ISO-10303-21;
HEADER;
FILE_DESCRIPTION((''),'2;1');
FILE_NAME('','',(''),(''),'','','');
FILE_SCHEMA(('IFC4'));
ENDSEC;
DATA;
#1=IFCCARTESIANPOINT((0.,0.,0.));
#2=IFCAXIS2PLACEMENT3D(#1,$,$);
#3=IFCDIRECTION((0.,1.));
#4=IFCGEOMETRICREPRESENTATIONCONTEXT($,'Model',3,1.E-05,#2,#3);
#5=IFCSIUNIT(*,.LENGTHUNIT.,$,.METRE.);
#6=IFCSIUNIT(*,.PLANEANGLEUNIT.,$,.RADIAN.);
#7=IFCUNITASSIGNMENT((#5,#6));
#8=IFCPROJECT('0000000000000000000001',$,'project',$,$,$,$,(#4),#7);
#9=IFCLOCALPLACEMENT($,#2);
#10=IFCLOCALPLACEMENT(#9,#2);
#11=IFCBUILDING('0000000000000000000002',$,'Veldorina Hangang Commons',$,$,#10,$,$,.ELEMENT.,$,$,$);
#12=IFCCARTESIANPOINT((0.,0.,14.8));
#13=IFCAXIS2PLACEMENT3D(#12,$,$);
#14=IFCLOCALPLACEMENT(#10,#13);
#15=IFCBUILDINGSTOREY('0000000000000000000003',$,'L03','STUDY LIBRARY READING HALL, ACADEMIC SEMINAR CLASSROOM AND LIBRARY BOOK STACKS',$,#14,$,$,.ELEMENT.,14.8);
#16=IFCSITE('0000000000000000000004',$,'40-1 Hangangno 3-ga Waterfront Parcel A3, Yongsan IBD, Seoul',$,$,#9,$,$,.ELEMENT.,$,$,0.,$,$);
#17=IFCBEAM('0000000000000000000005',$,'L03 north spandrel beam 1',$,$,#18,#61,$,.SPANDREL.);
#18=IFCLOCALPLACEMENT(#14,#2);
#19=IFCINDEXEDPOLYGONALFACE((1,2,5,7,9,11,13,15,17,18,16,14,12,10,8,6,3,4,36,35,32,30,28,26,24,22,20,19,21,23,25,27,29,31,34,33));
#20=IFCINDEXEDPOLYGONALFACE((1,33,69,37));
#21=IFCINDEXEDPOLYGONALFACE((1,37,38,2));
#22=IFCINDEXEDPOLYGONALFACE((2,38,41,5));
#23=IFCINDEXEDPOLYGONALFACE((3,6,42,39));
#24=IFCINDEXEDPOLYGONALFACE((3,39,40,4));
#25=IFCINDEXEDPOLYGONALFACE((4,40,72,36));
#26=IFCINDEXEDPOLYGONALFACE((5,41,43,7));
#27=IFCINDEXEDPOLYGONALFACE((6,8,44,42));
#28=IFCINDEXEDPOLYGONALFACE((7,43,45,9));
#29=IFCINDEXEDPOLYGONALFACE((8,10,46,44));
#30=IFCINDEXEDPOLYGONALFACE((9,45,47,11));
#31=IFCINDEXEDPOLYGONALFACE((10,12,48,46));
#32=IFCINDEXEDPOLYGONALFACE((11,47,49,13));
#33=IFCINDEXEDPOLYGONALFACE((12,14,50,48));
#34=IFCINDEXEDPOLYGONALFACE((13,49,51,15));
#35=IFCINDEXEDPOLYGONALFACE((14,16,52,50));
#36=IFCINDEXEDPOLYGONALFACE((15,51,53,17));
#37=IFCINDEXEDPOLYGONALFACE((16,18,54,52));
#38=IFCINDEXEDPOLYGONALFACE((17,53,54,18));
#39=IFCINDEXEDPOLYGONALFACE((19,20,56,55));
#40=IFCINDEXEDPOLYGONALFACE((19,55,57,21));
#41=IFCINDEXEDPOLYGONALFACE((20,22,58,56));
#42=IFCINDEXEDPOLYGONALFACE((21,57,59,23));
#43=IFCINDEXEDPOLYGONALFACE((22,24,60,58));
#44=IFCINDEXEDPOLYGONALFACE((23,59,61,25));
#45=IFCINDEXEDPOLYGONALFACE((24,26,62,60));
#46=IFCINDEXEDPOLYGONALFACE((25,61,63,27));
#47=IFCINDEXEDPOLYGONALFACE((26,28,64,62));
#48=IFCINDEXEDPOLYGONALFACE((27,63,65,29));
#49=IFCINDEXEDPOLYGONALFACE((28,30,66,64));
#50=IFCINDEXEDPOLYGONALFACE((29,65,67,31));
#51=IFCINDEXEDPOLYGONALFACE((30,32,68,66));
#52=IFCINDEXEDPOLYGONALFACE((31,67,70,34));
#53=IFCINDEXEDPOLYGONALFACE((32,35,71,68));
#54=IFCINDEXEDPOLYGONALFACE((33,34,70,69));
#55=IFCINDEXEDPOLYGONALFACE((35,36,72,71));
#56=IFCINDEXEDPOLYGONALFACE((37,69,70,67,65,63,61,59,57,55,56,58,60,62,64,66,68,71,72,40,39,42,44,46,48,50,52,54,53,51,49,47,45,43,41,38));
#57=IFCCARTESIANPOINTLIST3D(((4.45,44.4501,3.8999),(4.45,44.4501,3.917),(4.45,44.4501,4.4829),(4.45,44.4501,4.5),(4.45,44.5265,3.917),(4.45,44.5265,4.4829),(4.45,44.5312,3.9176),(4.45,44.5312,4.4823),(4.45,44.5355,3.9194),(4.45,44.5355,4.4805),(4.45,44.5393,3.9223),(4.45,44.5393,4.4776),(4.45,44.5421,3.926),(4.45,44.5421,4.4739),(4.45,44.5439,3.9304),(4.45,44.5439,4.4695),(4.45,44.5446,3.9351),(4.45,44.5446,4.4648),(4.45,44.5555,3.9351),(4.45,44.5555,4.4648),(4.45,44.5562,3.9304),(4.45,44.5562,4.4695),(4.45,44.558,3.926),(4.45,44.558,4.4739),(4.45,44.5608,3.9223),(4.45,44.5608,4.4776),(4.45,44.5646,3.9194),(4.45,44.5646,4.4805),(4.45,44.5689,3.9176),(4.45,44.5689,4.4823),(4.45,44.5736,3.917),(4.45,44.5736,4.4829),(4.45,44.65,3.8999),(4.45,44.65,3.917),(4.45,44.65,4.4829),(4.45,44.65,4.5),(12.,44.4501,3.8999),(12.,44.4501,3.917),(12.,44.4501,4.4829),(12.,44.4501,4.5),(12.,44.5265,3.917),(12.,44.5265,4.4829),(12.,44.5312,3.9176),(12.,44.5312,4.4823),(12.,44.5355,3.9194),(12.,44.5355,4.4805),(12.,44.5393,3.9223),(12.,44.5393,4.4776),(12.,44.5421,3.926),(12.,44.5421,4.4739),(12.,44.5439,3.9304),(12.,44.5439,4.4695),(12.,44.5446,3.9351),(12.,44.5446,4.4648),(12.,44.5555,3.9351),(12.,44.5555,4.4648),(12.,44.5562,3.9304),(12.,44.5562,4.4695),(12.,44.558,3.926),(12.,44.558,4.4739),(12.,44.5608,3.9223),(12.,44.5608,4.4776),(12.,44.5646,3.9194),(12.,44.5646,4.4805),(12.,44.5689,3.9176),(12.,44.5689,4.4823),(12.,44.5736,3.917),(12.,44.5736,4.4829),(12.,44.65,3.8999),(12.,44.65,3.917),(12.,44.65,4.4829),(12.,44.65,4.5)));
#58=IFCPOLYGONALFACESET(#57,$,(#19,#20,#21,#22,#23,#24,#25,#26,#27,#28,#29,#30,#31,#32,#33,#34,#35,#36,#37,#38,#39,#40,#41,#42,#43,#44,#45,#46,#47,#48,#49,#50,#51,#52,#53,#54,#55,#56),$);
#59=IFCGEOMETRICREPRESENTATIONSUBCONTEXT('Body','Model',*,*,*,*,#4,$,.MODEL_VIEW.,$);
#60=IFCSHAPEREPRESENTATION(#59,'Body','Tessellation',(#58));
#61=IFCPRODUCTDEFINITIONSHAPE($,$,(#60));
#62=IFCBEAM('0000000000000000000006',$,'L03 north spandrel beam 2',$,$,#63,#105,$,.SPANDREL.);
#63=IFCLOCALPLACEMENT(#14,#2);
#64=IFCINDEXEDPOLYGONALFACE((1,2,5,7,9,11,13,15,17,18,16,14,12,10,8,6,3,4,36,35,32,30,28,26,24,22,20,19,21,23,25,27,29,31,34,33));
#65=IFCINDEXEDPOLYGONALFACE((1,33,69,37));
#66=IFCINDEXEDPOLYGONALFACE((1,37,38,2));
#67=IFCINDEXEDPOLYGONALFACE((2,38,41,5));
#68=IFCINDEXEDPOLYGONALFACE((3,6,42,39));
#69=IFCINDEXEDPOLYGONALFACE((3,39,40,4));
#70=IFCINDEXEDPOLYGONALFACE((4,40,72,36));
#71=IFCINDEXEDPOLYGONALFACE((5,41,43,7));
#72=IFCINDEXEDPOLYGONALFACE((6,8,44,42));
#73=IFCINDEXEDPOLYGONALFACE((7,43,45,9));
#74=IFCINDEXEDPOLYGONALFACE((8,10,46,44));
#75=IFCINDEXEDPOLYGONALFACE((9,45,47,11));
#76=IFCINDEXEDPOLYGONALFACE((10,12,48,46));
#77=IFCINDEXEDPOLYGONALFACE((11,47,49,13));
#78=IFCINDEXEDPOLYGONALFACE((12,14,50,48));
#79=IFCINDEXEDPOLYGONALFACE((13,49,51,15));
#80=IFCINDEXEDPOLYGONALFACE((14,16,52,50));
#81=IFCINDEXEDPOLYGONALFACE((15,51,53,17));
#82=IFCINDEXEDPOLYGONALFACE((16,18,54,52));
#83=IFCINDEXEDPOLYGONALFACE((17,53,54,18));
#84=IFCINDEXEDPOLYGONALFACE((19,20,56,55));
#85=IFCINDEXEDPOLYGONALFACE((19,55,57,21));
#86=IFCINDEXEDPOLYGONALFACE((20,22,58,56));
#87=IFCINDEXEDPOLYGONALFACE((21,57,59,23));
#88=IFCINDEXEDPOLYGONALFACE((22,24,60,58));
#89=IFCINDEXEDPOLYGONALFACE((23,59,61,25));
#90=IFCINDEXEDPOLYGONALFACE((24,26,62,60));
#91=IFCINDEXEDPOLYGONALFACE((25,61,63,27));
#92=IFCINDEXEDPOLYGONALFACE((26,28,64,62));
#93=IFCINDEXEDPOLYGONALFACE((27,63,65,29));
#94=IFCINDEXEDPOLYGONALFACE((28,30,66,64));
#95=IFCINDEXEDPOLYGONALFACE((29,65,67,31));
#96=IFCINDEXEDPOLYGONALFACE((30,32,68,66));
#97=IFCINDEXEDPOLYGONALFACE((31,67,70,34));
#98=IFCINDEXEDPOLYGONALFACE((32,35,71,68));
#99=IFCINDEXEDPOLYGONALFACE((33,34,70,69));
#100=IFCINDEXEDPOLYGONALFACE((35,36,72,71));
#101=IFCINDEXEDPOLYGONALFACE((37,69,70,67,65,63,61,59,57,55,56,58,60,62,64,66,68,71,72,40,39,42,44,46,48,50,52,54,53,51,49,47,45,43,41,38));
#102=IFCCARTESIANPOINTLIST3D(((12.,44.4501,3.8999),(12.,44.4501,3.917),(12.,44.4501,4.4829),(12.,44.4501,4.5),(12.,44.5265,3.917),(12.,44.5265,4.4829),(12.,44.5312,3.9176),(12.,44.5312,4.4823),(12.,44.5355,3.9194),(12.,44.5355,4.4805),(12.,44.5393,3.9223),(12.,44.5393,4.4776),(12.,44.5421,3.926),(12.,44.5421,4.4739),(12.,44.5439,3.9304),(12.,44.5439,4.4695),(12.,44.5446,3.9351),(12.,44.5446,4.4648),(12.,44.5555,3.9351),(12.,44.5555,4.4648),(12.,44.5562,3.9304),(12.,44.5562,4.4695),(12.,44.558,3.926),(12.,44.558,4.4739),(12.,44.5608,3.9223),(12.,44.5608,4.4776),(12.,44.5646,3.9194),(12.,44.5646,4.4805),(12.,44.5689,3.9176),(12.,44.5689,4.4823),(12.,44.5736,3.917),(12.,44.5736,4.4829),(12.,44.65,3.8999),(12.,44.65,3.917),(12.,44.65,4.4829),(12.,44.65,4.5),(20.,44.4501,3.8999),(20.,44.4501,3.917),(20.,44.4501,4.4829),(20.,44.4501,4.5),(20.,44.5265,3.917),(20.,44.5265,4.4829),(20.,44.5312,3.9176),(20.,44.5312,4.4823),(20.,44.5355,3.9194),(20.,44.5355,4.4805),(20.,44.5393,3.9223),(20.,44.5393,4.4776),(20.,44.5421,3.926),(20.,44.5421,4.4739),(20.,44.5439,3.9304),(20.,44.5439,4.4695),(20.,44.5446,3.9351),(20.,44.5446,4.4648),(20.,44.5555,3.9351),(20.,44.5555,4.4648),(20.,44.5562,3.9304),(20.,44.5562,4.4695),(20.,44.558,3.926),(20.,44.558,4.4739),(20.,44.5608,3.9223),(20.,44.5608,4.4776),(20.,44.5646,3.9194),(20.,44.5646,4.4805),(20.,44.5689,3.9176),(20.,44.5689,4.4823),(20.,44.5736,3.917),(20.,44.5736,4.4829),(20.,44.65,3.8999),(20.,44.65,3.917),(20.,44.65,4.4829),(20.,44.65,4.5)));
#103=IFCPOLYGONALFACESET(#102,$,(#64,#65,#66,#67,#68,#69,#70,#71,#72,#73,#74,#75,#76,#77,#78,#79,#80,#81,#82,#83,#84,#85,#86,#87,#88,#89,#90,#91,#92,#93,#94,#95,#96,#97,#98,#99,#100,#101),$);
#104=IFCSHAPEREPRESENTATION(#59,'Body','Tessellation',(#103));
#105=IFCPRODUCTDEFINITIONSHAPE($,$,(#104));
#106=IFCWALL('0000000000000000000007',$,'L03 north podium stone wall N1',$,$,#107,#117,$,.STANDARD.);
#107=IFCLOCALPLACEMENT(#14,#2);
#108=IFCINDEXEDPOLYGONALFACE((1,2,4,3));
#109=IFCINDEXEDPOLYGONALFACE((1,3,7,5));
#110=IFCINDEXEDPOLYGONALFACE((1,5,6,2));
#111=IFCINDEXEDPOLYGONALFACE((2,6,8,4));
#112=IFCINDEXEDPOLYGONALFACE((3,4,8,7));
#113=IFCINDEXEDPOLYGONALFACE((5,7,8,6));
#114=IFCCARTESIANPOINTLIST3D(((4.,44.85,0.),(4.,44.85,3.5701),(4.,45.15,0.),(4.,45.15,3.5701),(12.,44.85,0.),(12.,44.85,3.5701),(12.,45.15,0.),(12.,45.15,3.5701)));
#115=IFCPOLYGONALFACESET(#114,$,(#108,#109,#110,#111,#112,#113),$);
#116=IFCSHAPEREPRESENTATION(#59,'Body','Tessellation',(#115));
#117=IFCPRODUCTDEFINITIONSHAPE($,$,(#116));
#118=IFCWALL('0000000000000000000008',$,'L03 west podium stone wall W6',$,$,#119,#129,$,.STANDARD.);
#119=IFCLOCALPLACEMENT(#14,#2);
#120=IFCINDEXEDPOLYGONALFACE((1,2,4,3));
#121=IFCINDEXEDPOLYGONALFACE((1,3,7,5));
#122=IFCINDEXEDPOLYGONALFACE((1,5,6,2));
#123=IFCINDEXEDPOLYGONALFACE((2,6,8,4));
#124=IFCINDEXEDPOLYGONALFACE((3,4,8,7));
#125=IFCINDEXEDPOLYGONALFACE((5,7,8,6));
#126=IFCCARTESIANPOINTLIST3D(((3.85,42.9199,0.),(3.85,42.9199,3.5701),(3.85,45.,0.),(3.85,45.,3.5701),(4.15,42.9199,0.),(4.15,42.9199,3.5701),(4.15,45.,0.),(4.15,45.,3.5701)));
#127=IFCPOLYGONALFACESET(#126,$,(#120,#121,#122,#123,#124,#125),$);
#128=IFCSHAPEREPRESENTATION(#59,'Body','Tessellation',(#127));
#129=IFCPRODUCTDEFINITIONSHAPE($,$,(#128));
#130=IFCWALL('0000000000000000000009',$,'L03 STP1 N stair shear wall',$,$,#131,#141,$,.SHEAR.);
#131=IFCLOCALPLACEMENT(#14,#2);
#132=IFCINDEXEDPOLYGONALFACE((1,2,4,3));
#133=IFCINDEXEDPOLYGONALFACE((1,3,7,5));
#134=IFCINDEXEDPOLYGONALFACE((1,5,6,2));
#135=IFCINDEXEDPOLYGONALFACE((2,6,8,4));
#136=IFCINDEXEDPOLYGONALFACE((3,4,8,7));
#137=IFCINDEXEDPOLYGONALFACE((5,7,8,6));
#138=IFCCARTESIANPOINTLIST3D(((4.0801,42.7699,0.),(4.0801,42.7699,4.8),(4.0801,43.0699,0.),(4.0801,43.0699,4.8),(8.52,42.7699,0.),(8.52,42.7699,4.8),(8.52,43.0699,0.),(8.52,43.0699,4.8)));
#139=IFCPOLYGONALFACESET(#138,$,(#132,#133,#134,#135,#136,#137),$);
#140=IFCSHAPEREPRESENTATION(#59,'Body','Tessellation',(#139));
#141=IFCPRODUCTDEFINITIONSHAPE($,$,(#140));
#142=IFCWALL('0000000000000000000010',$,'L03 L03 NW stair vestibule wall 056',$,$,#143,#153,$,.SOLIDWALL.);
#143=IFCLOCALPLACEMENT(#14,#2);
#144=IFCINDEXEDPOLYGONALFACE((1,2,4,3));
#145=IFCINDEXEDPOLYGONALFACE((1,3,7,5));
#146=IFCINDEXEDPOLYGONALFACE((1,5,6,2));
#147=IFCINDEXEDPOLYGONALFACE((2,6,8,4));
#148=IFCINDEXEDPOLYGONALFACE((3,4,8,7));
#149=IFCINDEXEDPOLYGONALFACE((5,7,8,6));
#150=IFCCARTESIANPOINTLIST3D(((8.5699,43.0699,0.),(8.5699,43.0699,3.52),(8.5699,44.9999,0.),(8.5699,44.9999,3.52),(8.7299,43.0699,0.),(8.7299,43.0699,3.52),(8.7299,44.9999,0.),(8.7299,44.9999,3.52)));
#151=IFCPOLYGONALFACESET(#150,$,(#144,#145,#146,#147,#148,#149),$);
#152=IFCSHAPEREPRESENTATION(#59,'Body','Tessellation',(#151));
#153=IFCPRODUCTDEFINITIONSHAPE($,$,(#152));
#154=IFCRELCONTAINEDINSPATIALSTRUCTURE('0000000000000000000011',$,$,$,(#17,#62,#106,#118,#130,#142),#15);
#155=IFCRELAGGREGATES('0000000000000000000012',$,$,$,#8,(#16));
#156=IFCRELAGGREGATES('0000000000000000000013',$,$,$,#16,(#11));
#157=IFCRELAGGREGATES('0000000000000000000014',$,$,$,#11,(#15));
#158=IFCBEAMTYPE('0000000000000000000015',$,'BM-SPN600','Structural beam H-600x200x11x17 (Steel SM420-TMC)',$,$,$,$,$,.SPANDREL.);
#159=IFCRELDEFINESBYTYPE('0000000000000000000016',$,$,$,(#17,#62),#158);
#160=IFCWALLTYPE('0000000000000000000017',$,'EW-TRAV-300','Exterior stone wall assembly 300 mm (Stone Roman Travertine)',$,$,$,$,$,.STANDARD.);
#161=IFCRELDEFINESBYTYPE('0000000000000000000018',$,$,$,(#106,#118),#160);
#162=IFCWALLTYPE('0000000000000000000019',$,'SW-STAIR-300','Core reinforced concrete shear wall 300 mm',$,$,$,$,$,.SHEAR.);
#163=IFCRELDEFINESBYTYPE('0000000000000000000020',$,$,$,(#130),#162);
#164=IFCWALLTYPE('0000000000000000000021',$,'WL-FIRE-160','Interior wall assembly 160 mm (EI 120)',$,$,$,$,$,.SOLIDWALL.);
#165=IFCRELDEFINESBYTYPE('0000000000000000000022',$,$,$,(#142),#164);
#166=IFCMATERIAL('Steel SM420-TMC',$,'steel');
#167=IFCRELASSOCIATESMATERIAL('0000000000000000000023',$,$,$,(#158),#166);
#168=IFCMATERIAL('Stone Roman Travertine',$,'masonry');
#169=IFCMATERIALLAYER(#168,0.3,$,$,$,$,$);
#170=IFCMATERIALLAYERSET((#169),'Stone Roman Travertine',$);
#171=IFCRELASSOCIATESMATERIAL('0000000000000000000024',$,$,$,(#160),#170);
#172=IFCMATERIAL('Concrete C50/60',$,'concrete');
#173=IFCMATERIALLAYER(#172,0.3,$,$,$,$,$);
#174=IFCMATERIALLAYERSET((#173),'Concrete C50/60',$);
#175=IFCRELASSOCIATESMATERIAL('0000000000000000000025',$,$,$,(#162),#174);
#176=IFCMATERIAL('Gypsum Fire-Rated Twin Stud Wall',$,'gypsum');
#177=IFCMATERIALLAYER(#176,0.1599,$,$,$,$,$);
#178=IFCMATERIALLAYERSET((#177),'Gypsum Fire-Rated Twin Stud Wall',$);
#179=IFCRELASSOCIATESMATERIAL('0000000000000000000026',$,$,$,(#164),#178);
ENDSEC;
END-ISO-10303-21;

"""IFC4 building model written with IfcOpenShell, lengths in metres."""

from ifc_helpers import new_model, si_unit, direction, frame, frame_2d, origin, origin_2d, place, context, subcontext, project, spatial, rectangle, i_section, extrude, material, layer, layer_set, material_profile, profile_set, type_object, element, save


model = new_model("IFC4")

# Units and contexts
model_context = context("Model", 3, precision=1e-05, world=origin(), true_north=direction((0.0, 1.0)))
body_context = subcontext(model_context, "Body", "Model", "MODEL_VIEW")
ifc_project = project(units=[si_unit("LENGTHUNIT", "METRE"), si_unit("PLANEANGLEUNIT", "RADIAN")], contexts=[model_context])

# Site, building, storey
site_placement = place(None, origin())
site = spatial("IfcSite", under=ifc_project, at=site_placement, Name="40-1 Hangangno 3-ga Waterfront Parcel A3, Yongsan IBD, Seoul", CompositionType="ELEMENT", RefElevation=0.0)
building_placement = place(site_placement, origin())
building = spatial("IfcBuilding", under=site, at=building_placement, Name="Veldorina Hangang Commons", CompositionType="ELEMENT")
storey_placement = place(building_placement, frame((0.0, 0.0, 14.8)))
storey = spatial("IfcBuildingStorey", under=building, at=storey_placement, Name="L03", Description="STUDY LIBRARY READING HALL, ACADEMIC SEMINAR CLASSROOM AND LIBRARY BOOK STACKS", CompositionType="ELEMENT", Elevation=14.8)

# Shared definitions
ifc_material_1 = material(Name="Steel SM420-TMC", Category="steel")

# Beams
ifc_material_profile_1 = material_profile(ifc_material_1, i_section(OverallWidth=0.2, OverallDepth=0.6001, WebThickness=0.011, FlangeThickness=0.0171, FilletRadius=0.0181, at=origin_2d()), Name="H-600x200x11x17")
ifc_profile_set_1 = profile_set([ifc_material_profile_1], Name="Steel SM420-TMC")
beam_type_1 = type_object("IfcBeamType", Name="BM-SPN600", Description="Structural beam H-600x200x11x17 (Steel SM420-TMC)", PredefinedType="SPANDREL", material=ifc_profile_set_1)
beam_1_placement = place(storey_placement, frame((4.45, 44.55, 4.2), z_axis=(1.0, 0.0, 0.0), x_axis=(0.0, 1.0, 0.0)))
element("IfcBeam", 1, at=beam_1_placement, inside=storey, type_object=beam_type_1, Name="L03 north spandrel beam 1", PredefinedType="SPANDREL", context=body_context, shape_type="SweptSolid", body=[
    extrude(i_section(OverallWidth=0.2, OverallDepth=0.6001, WebThickness=0.011, FlangeThickness=0.0171, FilletRadius=0.0181, at=origin_2d()), origin(), (0.0, 0.0, 1.0), 7.55),
])
beam_2_placement = place(storey_placement, frame((12.0, 44.55, 4.2), z_axis=(1.0, 0.0, 0.0), x_axis=(0.0, 1.0, 0.0)))
element("IfcBeam", 2, at=beam_2_placement, inside=storey, type_object=beam_type_1, Name="L03 north spandrel beam 2", PredefinedType="SPANDREL", context=body_context, shape_type="SweptSolid", body=[
    extrude(i_section(OverallWidth=0.2, OverallDepth=0.6001, WebThickness=0.011, FlangeThickness=0.0171, FilletRadius=0.0181, at=origin_2d()), origin(), (0.0, 0.0, 1.0), 8.0),
])

# Walls
ifc_material_2 = material(Name="Stone Roman Travertine", Category="masonry")
ifc_layer_1 = layer(ifc_material_2, 0.3)
ifc_layer_set_1 = layer_set([ifc_layer_1], Name="Stone Roman Travertine")
wall_type_1 = type_object("IfcWallType", Name="EW-TRAV-300", Description="Exterior stone wall assembly 300 mm (Stone Roman Travertine)", PredefinedType="STANDARD", material=ifc_layer_set_1)
wall_1_placement = place(storey_placement, frame((12.0, 45.0, 0.0), z_axis=(0.0, 0.0, 1.0), x_axis=(-1.0, 0.0, 0.0)))
element("IfcWall", 3, at=wall_1_placement, inside=storey, type_object=wall_type_1, Name="L03 north podium stone wall N1", PredefinedType="STANDARD", context=body_context, shape_type="SweptSolid", body=[
    extrude(rectangle(XDim=8.0, YDim=0.3, at=frame_2d((4.0, 0.0))), origin(), (0.0, 0.0, 1.0), 3.5701),
])
wall_2_placement = place(storey_placement, frame((4.0, 45.0, 0.0), z_axis=(0.0, 0.0, 1.0), x_axis=(0.0, -1.0, 0.0)))
element("IfcWall", 4, at=wall_2_placement, inside=storey, type_object=wall_type_1, Name="L03 west podium stone wall W6", PredefinedType="STANDARD", context=body_context, shape_type="SweptSolid", body=[
    extrude(rectangle(XDim=2.0801, YDim=0.3, at=frame_2d((1.04, 0.0))), origin(), (0.0, 0.0, 1.0), 3.5701),
])
ifc_material_3 = material(Name="Concrete C50/60", Category="concrete")
ifc_layer_2 = layer(ifc_material_3, 0.3)
ifc_layer_set_2 = layer_set([ifc_layer_2], Name="Concrete C50/60")
wall_type_2 = type_object("IfcWallType", Name="SW-STAIR-300", Description="Core reinforced concrete shear wall 300 mm", PredefinedType="SHEAR", material=ifc_layer_set_2)
wall_3_placement = place(storey_placement, frame((4.0801, 42.9199, 0.0), z_axis=(0.0, 0.0, 1.0), x_axis=(1.0, 0.0, 0.0)))
element("IfcWall", 5, at=wall_3_placement, inside=storey, type_object=wall_type_2, Name="L03 STP1 N stair shear wall", PredefinedType="SHEAR", context=body_context, shape_type="SweptSolid", body=[
    extrude(rectangle(XDim=4.4399, YDim=0.3, at=frame_2d((2.22, 0.0))), origin(), (0.0, 0.0, 1.0), 4.8),
])
ifc_material_4 = material(Name="Gypsum Fire-Rated Twin Stud Wall", Category="gypsum")
ifc_layer_3 = layer(ifc_material_4, 0.1599)
ifc_layer_set_3 = layer_set([ifc_layer_3], Name="Gypsum Fire-Rated Twin Stud Wall")
wall_type_3 = type_object("IfcWallType", Name="WL-FIRE-160", Description="Interior wall assembly 160 mm (EI 120)", PredefinedType="SOLIDWALL", material=ifc_layer_set_3)
wall_4_placement = place(storey_placement, frame((8.6499, 43.0701, 0.0), z_axis=(0.0, 0.0, 1.0), x_axis=(0.0, 1.0, 0.0)))
element("IfcWall", 6, at=wall_4_placement, inside=storey, type_object=wall_type_3, Name="L03 L03 NW stair vestibule wall 056", PredefinedType="SOLIDWALL", context=body_context, shape_type="SweptSolid", body=[
    extrude(rectangle(XDim=1.9299, YDim=0.1599, at=frame_2d((0.9648, 0.0))), origin(), (0.0, 0.0, 1.0), 3.52),
])

save(model, "model.ifc")
